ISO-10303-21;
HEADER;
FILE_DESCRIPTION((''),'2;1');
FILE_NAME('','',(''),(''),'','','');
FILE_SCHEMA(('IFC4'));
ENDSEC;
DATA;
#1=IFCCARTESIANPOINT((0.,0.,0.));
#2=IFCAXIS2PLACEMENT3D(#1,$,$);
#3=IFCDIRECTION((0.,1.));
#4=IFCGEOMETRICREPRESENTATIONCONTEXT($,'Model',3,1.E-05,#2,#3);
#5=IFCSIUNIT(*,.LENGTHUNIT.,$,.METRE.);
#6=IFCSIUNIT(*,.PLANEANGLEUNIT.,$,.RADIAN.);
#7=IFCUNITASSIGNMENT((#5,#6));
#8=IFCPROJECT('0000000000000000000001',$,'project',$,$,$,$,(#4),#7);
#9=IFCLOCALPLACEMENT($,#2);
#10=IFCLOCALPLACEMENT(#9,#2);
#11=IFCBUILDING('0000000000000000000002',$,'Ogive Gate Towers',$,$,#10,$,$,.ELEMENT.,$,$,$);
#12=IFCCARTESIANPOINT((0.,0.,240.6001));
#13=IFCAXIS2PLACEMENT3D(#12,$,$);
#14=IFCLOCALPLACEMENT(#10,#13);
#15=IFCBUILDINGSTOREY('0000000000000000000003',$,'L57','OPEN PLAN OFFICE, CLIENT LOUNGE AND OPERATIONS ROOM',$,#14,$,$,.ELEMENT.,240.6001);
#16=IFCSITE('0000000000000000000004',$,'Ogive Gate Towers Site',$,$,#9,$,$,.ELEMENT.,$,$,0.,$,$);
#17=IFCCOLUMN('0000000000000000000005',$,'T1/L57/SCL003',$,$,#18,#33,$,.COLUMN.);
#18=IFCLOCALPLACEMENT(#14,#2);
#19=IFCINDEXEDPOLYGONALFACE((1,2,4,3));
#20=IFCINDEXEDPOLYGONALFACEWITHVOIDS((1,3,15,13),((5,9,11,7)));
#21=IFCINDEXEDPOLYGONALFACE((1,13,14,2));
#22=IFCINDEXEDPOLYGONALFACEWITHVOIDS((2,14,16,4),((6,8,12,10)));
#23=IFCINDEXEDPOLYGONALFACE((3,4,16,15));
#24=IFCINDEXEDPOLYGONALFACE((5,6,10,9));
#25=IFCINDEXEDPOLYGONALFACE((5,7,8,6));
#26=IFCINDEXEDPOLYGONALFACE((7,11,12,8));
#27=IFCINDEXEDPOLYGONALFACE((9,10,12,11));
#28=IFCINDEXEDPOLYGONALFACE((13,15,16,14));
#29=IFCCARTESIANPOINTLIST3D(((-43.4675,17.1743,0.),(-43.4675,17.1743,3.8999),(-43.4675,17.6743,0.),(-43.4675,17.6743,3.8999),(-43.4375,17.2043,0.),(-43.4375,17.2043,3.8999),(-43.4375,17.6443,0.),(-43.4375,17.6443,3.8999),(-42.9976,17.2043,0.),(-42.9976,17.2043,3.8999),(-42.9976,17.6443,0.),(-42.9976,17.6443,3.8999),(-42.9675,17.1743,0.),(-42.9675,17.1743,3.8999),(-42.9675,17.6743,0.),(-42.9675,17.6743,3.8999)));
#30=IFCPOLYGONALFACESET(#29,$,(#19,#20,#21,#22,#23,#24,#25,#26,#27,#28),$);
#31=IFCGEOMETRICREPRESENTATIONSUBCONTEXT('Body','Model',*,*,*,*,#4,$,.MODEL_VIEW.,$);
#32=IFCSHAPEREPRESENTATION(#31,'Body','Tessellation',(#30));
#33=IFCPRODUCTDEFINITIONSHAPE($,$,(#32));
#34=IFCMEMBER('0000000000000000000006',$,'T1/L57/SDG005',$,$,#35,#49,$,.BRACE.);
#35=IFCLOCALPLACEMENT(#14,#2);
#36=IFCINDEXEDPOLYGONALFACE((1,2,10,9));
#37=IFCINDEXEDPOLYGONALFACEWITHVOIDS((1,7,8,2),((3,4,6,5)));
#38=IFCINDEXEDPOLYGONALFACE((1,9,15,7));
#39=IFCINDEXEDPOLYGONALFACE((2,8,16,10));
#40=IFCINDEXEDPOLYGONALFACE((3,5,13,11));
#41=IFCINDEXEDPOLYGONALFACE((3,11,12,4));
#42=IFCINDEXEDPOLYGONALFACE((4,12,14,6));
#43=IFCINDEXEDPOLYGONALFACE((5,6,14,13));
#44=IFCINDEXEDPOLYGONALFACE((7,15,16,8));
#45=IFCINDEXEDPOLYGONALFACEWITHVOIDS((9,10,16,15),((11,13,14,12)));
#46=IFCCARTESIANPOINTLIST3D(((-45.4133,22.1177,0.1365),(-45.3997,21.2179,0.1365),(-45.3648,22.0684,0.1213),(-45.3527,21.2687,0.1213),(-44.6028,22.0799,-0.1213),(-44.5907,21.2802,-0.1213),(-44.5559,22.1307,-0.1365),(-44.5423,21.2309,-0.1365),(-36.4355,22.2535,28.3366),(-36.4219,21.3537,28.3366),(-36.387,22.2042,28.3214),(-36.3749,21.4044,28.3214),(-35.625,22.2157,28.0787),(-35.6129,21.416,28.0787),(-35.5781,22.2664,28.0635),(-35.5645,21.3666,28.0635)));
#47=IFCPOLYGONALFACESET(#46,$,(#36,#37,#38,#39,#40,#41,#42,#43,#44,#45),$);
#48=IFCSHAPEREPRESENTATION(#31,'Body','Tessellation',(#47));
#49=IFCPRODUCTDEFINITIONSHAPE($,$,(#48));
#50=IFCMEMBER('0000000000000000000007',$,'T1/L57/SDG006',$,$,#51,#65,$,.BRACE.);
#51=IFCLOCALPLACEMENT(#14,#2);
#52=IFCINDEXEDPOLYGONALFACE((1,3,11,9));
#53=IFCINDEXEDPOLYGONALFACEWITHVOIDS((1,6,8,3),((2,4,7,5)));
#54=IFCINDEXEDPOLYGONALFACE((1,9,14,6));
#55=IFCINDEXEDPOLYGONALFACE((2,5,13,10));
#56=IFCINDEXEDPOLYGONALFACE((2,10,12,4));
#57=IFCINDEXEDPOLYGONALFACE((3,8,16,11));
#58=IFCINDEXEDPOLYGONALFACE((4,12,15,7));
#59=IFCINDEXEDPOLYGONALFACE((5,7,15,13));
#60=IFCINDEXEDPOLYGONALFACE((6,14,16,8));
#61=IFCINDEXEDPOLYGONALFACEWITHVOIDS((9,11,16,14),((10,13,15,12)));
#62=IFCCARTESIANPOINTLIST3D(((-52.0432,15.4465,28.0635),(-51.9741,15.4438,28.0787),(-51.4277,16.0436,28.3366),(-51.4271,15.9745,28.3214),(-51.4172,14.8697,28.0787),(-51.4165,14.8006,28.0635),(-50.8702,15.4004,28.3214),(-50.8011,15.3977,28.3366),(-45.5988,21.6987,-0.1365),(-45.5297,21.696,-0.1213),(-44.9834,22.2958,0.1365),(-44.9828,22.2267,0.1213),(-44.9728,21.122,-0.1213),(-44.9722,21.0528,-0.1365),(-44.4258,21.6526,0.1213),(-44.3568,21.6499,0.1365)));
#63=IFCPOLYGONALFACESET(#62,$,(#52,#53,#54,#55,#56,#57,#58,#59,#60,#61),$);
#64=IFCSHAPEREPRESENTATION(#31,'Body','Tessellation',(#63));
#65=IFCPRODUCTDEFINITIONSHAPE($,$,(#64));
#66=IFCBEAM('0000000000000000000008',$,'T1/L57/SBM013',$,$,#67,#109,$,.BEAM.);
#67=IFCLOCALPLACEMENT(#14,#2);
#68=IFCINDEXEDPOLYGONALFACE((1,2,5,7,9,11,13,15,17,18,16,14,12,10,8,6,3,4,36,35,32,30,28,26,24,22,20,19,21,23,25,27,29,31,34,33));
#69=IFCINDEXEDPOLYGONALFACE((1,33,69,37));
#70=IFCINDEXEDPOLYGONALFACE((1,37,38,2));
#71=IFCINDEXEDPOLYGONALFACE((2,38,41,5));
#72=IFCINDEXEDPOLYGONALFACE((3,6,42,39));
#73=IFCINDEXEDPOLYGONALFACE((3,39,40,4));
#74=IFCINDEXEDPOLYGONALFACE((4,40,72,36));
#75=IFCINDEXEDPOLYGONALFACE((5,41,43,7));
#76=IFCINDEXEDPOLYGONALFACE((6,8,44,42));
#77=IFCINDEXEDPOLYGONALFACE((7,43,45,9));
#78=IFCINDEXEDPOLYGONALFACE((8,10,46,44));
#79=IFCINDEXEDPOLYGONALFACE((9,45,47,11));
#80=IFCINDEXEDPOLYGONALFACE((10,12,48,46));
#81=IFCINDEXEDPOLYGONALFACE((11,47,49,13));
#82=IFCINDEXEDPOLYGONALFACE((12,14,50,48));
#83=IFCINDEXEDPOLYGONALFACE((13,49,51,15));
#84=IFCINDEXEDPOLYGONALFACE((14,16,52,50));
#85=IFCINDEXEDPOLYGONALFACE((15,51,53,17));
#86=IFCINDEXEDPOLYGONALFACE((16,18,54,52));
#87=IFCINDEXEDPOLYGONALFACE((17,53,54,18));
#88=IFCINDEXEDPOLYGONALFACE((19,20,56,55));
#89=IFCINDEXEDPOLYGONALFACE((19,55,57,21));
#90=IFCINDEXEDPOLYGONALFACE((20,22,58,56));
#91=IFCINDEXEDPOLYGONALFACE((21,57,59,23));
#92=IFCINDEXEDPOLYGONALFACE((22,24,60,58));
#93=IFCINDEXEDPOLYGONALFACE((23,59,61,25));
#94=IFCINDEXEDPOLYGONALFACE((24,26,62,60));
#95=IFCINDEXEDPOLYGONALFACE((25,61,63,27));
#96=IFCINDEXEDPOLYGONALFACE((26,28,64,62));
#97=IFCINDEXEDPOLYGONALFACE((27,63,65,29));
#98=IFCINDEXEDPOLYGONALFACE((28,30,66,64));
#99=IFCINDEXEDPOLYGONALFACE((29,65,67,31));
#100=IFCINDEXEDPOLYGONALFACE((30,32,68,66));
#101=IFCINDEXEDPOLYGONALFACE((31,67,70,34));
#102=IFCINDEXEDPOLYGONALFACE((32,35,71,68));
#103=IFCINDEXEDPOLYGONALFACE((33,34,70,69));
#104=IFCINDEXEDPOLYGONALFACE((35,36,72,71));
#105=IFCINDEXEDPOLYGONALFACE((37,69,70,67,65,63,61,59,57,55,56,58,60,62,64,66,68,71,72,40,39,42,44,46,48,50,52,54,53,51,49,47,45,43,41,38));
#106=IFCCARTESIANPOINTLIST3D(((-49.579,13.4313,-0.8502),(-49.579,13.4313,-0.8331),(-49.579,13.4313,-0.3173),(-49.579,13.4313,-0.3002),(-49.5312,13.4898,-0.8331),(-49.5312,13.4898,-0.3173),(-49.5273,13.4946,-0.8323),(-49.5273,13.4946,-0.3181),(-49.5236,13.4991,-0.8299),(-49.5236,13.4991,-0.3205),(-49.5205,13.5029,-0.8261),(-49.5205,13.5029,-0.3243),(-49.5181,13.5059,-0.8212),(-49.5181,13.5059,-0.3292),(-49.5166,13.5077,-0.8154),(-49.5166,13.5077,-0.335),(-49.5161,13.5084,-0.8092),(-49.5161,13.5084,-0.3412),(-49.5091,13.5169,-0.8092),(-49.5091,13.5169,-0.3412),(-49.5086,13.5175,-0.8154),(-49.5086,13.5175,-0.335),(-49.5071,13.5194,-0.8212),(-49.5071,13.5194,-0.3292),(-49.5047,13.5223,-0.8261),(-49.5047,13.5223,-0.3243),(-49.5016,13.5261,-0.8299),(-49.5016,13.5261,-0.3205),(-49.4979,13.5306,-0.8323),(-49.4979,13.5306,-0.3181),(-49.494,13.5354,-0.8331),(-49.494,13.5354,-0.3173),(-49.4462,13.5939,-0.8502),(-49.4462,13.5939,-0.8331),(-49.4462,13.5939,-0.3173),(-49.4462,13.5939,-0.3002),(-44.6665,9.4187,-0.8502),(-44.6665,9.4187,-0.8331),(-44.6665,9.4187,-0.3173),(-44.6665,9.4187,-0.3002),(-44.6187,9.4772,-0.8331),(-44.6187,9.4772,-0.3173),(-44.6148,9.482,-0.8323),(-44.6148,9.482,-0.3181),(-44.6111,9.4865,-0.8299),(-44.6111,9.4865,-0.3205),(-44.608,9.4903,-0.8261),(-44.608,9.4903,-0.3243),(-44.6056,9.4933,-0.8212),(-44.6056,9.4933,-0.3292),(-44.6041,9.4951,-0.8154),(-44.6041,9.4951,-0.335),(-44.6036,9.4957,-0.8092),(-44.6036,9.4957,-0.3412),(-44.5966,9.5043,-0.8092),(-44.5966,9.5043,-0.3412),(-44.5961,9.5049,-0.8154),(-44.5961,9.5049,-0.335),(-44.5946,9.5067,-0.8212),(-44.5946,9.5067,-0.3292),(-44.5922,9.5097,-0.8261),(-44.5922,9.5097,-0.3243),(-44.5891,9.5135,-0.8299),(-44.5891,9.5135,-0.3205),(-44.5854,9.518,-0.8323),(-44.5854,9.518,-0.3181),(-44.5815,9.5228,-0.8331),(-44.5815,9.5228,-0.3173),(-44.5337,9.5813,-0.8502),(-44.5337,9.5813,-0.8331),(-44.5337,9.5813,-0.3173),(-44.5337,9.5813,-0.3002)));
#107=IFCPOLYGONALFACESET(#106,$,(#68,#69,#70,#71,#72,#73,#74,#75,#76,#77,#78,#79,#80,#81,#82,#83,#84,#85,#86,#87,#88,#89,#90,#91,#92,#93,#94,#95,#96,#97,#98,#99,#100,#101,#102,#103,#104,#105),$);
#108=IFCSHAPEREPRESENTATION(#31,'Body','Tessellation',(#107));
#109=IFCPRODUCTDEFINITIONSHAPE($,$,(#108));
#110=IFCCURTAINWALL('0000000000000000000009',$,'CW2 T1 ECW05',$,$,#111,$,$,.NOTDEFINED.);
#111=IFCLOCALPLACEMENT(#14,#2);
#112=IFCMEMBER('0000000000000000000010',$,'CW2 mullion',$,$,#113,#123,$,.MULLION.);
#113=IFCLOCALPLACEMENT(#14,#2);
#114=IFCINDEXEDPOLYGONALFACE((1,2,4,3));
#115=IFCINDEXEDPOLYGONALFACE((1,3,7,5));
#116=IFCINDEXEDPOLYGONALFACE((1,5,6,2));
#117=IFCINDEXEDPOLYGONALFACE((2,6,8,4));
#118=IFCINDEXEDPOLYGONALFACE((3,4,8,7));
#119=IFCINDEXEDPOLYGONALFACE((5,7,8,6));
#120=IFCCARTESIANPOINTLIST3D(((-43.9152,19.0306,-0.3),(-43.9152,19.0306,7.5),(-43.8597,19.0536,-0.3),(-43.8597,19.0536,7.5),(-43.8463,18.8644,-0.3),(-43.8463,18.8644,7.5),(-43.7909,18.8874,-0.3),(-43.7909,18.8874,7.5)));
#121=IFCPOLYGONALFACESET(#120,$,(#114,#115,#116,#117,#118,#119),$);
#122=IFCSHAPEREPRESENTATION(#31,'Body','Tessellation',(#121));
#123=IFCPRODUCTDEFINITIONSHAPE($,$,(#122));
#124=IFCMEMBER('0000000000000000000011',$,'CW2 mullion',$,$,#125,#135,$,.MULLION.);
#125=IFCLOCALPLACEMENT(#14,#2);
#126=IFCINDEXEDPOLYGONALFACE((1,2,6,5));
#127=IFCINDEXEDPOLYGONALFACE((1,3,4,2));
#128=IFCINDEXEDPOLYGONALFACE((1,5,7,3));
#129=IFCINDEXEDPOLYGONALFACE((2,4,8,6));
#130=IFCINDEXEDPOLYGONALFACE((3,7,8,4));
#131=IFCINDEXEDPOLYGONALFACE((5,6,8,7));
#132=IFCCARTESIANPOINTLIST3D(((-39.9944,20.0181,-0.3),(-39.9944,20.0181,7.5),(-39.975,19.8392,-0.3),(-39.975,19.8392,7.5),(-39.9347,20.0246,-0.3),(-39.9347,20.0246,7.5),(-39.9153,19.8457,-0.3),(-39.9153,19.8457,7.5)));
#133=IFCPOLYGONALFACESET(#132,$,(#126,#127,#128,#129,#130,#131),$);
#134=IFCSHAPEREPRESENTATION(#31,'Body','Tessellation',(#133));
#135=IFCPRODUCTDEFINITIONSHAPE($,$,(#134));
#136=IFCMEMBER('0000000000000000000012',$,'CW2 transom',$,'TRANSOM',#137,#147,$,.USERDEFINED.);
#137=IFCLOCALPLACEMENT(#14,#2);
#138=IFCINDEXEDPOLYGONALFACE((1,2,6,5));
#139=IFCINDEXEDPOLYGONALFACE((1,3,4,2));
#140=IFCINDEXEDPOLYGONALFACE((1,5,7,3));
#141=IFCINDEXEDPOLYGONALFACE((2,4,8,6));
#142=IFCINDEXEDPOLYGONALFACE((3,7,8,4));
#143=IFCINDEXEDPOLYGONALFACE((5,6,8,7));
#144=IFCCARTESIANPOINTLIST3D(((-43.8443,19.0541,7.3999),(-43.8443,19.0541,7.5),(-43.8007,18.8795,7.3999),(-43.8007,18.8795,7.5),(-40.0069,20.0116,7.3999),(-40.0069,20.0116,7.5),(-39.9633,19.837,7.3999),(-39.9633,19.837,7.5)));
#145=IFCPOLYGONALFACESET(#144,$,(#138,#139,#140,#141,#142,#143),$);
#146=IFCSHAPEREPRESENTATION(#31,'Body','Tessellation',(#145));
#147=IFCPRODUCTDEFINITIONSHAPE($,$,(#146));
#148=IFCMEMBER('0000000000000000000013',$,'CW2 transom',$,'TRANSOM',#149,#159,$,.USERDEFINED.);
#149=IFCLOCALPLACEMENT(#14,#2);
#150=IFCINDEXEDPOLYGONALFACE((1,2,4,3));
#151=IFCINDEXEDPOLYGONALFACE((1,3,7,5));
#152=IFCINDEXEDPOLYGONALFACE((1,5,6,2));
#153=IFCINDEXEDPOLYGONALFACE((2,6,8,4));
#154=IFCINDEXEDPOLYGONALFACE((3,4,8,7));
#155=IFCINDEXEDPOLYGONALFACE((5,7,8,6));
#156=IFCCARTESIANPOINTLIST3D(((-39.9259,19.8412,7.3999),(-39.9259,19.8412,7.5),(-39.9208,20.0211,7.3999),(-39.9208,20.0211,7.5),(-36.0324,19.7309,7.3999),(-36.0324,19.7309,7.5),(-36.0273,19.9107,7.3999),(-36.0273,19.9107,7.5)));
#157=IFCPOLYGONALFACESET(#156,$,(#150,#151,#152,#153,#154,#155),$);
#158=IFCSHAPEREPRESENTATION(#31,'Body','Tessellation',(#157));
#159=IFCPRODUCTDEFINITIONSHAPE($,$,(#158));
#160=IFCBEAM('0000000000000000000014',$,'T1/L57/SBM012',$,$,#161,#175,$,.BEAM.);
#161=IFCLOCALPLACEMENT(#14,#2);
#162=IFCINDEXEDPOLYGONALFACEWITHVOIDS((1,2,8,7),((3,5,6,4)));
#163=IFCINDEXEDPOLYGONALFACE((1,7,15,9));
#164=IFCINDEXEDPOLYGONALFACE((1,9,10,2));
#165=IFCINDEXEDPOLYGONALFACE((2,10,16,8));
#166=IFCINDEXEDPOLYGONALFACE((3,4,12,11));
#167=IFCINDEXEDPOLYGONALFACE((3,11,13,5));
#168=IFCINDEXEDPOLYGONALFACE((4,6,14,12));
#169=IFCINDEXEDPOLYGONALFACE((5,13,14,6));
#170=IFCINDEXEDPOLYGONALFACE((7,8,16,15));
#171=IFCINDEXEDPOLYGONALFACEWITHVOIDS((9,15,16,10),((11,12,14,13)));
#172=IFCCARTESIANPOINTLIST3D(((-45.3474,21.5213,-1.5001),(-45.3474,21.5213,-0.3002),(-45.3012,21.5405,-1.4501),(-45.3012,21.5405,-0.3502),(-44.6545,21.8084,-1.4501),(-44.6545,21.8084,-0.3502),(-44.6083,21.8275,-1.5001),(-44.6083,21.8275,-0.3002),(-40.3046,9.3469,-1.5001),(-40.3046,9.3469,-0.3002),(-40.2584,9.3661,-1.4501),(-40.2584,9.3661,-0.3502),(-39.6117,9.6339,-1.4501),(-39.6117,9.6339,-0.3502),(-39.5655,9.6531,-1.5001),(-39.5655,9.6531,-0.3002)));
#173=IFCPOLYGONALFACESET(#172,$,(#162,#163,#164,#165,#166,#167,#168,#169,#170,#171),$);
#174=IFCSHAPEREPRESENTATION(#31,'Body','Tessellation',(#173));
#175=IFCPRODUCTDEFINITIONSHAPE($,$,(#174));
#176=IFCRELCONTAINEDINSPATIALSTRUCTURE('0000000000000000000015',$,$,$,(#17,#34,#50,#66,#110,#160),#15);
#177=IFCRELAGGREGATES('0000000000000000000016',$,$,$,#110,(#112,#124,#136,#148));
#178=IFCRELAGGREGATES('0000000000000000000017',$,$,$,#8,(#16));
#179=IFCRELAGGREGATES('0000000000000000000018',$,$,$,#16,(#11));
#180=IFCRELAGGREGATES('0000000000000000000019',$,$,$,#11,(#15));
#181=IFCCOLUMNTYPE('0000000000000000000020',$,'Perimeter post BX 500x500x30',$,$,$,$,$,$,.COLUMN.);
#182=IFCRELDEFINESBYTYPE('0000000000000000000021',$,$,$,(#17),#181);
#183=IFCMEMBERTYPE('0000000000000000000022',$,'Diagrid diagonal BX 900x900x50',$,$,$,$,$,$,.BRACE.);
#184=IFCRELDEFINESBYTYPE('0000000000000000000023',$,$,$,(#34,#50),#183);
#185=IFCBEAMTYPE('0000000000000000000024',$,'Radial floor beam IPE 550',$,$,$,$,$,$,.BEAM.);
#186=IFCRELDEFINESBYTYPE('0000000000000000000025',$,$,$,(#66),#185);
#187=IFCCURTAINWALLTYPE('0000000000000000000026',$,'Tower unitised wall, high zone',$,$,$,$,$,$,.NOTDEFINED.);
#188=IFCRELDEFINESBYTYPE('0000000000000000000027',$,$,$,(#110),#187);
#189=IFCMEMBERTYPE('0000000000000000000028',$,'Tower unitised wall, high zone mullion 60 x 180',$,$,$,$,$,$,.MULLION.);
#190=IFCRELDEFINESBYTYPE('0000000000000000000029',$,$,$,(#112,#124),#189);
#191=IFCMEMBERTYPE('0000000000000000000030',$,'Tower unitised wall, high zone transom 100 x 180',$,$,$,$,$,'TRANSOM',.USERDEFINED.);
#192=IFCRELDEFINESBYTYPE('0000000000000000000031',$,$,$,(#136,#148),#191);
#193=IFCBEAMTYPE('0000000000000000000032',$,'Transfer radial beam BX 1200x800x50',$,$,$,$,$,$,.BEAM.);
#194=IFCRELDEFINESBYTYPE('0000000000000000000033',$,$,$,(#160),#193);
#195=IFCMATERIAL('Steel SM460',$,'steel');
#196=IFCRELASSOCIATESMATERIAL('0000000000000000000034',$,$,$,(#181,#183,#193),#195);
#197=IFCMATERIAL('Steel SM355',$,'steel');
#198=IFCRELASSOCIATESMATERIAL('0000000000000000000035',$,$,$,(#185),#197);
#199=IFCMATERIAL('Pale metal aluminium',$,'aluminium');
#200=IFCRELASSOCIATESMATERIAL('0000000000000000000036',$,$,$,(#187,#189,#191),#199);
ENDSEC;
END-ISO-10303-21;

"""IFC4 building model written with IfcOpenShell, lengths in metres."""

from ifc_helpers import new_model, si_unit, direction, frame, origin, origin_2d, place, context, subcontext, project, spatial, rectangle, hollow_rectangle, i_section, extrude, material, material_profile, profile_set, type_object, element, aggregate, save


model = new_model("IFC4")

# Units and contexts
model_context = context("Model", 3, precision=1e-05, world=origin(), true_north=direction((0.0, 1.0)))
body_context = subcontext(model_context, "Body", "Model", "MODEL_VIEW")
ifc_project = project(units=[si_unit("LENGTHUNIT", "METRE"), si_unit("PLANEANGLEUNIT", "RADIAN")], contexts=[model_context])

# Site, building, storey
site_placement = place(None, origin())
site = spatial("IfcSite", under=ifc_project, at=site_placement, Name="Ogive Gate Towers Site", CompositionType="ELEMENT", RefElevation=0.0)
building_placement = place(site_placement, origin())
building = spatial("IfcBuilding", under=site, at=building_placement, Name="Ogive Gate Towers", CompositionType="ELEMENT")
storey_placement = place(building_placement, frame((0.0, 0.0, 240.6001)))
storey = spatial("IfcBuildingStorey", under=building, at=storey_placement, Name="L57", Description="OPEN PLAN OFFICE, CLIENT LOUNGE AND OPERATIONS ROOM", CompositionType="ELEMENT", Elevation=240.6001)

# Column
ifc_material_1 = material(Name="Steel SM460", Category="steel")
ifc_material_profile_1 = material_profile(ifc_material_1, hollow_rectangle(XDim=0.5, YDim=0.5, WallThickness=0.03, at=origin_2d()), Name="BX 500x500x30")
ifc_profile_set_1 = profile_set([ifc_material_profile_1], Name="Steel SM460")
column_type = type_object("IfcColumnType", Name="Perimeter post BX 500x500x30", PredefinedType="COLUMN", material=ifc_profile_set_1)
column_placement = place(storey_placement, frame((-43.2175, 17.4243, 0.0), z_axis=(0.0, 0.0, 1.0), x_axis=(1.0, 0.0, 0.0)))
element("IfcColumn", 1, at=column_placement, inside=storey, type_object=column_type, Name="T1/L57/SCL003", PredefinedType="COLUMN", context=body_context, shape_type="SweptSolid", body=[
    extrude(hollow_rectangle(XDim=0.5, YDim=0.5, WallThickness=0.03, at=origin_2d()), origin(), (0.0, 0.0, 1.0), 3.8999),
])

# Members
ifc_material_profile_2 = material_profile(ifc_material_1, hollow_rectangle(XDim=0.8999, YDim=0.8999, WallThickness=0.05, at=origin_2d()), Name="BX 900x900x50")
ifc_profile_set_2 = profile_set([ifc_material_profile_2], Name="Steel SM460")
member_type_1 = type_object("IfcMemberType", Name="Diagrid diagonal BX 900x900x50", PredefinedType="BRACE", material=ifc_profile_set_2)
for number, where, z_axis, x_axis, name in (
    (2, (-44.9778, 21.6743, 0.0), (0.303356, 0.004587, 0.952866), (-0.015118, 0.999886, 0.0), "T1/L57/SDG005"),
    (3, (-44.9778, 21.6743, 0.0), (-0.217752, -0.211259, 0.952866), (0.696326, -0.717725, 0.0), "T1/L57/SDG006"),
):
    element("IfcMember", number, at=place(storey_placement, frame(where, z_axis=z_axis, x_axis=x_axis)), inside=storey, type_object=member_type_1, Name=name, PredefinedType="BRACE", context=body_context, shape_type="SweptSolid", body=[
        extrude(hollow_rectangle(XDim=0.8999, YDim=0.8999, WallThickness=0.05, at=origin_2d()), origin(), (0.0, 0.0, 1.0), 29.595),
    ])

# Beam
ifc_material_2 = material(Name="Steel SM355", Category="steel")
ifc_material_profile_3 = material_profile(ifc_material_2, i_section(OverallWidth=0.21, OverallDepth=0.55, WebThickness=0.011, FlangeThickness=0.0171, FilletRadius=0.0239, at=origin_2d()), Name="IPE 550")
ifc_profile_set_3 = profile_set([ifc_material_profile_3], Name="Steel SM355")
beam_type_1 = type_object("IfcBeamType", Name="Radial floor beam IPE 550", PredefinedType="BEAM", material=ifc_profile_set_3)
beam_1_placement = place(storey_placement, frame((-44.6001, 9.5, -0.5752), z_axis=(-0.774475, 0.632605, 0.0), x_axis=(-0.632605, -0.774475, 0.0)))
element("IfcBeam", 4, at=beam_1_placement, inside=storey, type_object=beam_type_1, Name="T1/L57/SBM013", PredefinedType="BEAM", context=body_context, shape_type="SweptSolid", body=[
    extrude(i_section(OverallWidth=0.21, OverallDepth=0.55, WebThickness=0.011, FlangeThickness=0.0171, FilletRadius=0.0239, at=origin_2d()), origin(), (0.0, 0.0, 1.0), 6.343),
])

# Curtain wall, members
ifc_material_3 = material(Name="Pale metal aluminium", Category="aluminium")
curtain_wall_type = type_object("IfcCurtainWallType", Name="Tower unitised wall, high zone", PredefinedType="NOTDEFINED", material=ifc_material_3)
curtain_wall_placement = place(storey_placement, origin())
curtain_wall = element("IfcCurtainWall", 5, at=curtain_wall_placement, inside=storey, type_object=curtain_wall_type, Name="CW2 T1 ECW05", PredefinedType="NOTDEFINED")
ifc_material_profile_4 = material_profile(ifc_material_3, rectangle(XDim=0.1799, YDim=0.0601, at=origin_2d()), Name="60 x 180 aluminium box")
ifc_profile_set_4 = profile_set([ifc_material_profile_4], Name="Pale metal aluminium")
member_type_2 = type_object("IfcMemberType", Name="Tower unitised wall, high zone mullion 60 x 180", PredefinedType="MULLION", material=ifc_profile_set_4)
member_1_placement = place(storey_placement, frame((-43.853, 18.959, -0.3), z_axis=(0.0, 0.0, 1.0), x_axis=(0.382683, -0.92388, 0.0)))
member_1 = element("IfcMember", 6, at=member_1_placement, type_object=member_type_2, Name="CW2 mullion", PredefinedType="MULLION", context=body_context, shape_type="SweptSolid", body=[
    extrude(rectangle(XDim=0.1799, YDim=0.0601, at=origin_2d()), origin(), (0.0, 0.0, 1.0), 7.8),
])
member_2_placement = place(storey_placement, frame((-39.9548, 19.9319, -0.3), z_axis=(0.0, 0.0, 1.0), x_axis=(0.107913, -0.99416, 0.0)))
member_2 = element("IfcMember", 7, at=member_2_placement, type_object=member_type_2, Name="CW2 mullion", PredefinedType="MULLION", context=body_context, shape_type="SweptSolid", body=[
    extrude(rectangle(XDim=0.1799, YDim=0.0601, at=origin_2d()), origin(), (0.0, 0.0, 1.0), 7.8),
])
ifc_material_profile_5 = material_profile(ifc_material_3, rectangle(XDim=0.1799, YDim=0.1001, at=origin_2d()), Name="100 x 180 aluminium box")
ifc_profile_set_5 = profile_set([ifc_material_profile_5], Name="Pale metal aluminium")
member_type_3 = type_object("IfcMemberType", Name="Tower unitised wall, high zone transom 100 x 180", ElementType="TRANSOM", PredefinedType="USERDEFINED", material=ifc_profile_set_5)
member_3_placement = place(storey_placement, frame((-43.8225, 18.9668, 7.45), z_axis=(0.970251, 0.2421, 0.0), x_axis=(-0.2421, 0.970251, 0.0)))
member_3 = element("IfcMember", 8, at=member_3_placement, type_object=member_type_3, Name="CW2 transom", ObjectType="TRANSOM", PredefinedType="USERDEFINED", context=body_context, shape_type="SweptSolid", body=[
    extrude(rectangle(XDim=0.1799, YDim=0.1001, at=origin_2d()), origin(), (0.0, 0.0, 1.0), 3.9551),
])
member_4_placement = place(storey_placement, frame((-39.9233, 19.9312, 7.45), z_axis=(0.999599, -0.028331, 0.0), x_axis=(0.028331, 0.999599, 0.0)))
member_4 = element("IfcMember", 9, at=member_4_placement, type_object=member_type_3, Name="CW2 transom", ObjectType="TRANSOM", PredefinedType="USERDEFINED", context=body_context, shape_type="SweptSolid", body=[
    extrude(rectangle(XDim=0.1799, YDim=0.1001, at=origin_2d()), origin(), (0.0, 0.0, 1.0), 3.895),
])

# Beam
ifc_material_profile_6 = material_profile(ifc_material_1, hollow_rectangle(XDim=0.8, YDim=1.2, WallThickness=0.05, at=origin_2d()), Name="BX 1200x800x50")
ifc_profile_set_6 = profile_set([ifc_material_profile_6], Name="Steel SM460")
beam_type_2 = type_object("IfcBeamType", Name="Transfer radial beam BX 1200x800x50", PredefinedType="BEAM", material=ifc_profile_set_6)
beam_2_placement = place(storey_placement, frame((-39.9351, 9.5, -0.9001), z_axis=(-0.382681, 0.923881, 0.0), x_axis=(-0.923881, -0.382681, 0.0)))
element("IfcBeam", 10, at=beam_2_placement, inside=storey, type_object=beam_type_2, Name="T1/L57/SBM012", PredefinedType="BEAM", context=body_context, shape_type="SweptSolid", body=[
    extrude(hollow_rectangle(XDim=0.8, YDim=1.2, WallThickness=0.05, at=origin_2d()), origin(), (0.0, 0.0, 1.0), 13.1775),
])

aggregate(curtain_wall, [member_1, member_2, member_3, member_4])

save(model, "model.ifc")
